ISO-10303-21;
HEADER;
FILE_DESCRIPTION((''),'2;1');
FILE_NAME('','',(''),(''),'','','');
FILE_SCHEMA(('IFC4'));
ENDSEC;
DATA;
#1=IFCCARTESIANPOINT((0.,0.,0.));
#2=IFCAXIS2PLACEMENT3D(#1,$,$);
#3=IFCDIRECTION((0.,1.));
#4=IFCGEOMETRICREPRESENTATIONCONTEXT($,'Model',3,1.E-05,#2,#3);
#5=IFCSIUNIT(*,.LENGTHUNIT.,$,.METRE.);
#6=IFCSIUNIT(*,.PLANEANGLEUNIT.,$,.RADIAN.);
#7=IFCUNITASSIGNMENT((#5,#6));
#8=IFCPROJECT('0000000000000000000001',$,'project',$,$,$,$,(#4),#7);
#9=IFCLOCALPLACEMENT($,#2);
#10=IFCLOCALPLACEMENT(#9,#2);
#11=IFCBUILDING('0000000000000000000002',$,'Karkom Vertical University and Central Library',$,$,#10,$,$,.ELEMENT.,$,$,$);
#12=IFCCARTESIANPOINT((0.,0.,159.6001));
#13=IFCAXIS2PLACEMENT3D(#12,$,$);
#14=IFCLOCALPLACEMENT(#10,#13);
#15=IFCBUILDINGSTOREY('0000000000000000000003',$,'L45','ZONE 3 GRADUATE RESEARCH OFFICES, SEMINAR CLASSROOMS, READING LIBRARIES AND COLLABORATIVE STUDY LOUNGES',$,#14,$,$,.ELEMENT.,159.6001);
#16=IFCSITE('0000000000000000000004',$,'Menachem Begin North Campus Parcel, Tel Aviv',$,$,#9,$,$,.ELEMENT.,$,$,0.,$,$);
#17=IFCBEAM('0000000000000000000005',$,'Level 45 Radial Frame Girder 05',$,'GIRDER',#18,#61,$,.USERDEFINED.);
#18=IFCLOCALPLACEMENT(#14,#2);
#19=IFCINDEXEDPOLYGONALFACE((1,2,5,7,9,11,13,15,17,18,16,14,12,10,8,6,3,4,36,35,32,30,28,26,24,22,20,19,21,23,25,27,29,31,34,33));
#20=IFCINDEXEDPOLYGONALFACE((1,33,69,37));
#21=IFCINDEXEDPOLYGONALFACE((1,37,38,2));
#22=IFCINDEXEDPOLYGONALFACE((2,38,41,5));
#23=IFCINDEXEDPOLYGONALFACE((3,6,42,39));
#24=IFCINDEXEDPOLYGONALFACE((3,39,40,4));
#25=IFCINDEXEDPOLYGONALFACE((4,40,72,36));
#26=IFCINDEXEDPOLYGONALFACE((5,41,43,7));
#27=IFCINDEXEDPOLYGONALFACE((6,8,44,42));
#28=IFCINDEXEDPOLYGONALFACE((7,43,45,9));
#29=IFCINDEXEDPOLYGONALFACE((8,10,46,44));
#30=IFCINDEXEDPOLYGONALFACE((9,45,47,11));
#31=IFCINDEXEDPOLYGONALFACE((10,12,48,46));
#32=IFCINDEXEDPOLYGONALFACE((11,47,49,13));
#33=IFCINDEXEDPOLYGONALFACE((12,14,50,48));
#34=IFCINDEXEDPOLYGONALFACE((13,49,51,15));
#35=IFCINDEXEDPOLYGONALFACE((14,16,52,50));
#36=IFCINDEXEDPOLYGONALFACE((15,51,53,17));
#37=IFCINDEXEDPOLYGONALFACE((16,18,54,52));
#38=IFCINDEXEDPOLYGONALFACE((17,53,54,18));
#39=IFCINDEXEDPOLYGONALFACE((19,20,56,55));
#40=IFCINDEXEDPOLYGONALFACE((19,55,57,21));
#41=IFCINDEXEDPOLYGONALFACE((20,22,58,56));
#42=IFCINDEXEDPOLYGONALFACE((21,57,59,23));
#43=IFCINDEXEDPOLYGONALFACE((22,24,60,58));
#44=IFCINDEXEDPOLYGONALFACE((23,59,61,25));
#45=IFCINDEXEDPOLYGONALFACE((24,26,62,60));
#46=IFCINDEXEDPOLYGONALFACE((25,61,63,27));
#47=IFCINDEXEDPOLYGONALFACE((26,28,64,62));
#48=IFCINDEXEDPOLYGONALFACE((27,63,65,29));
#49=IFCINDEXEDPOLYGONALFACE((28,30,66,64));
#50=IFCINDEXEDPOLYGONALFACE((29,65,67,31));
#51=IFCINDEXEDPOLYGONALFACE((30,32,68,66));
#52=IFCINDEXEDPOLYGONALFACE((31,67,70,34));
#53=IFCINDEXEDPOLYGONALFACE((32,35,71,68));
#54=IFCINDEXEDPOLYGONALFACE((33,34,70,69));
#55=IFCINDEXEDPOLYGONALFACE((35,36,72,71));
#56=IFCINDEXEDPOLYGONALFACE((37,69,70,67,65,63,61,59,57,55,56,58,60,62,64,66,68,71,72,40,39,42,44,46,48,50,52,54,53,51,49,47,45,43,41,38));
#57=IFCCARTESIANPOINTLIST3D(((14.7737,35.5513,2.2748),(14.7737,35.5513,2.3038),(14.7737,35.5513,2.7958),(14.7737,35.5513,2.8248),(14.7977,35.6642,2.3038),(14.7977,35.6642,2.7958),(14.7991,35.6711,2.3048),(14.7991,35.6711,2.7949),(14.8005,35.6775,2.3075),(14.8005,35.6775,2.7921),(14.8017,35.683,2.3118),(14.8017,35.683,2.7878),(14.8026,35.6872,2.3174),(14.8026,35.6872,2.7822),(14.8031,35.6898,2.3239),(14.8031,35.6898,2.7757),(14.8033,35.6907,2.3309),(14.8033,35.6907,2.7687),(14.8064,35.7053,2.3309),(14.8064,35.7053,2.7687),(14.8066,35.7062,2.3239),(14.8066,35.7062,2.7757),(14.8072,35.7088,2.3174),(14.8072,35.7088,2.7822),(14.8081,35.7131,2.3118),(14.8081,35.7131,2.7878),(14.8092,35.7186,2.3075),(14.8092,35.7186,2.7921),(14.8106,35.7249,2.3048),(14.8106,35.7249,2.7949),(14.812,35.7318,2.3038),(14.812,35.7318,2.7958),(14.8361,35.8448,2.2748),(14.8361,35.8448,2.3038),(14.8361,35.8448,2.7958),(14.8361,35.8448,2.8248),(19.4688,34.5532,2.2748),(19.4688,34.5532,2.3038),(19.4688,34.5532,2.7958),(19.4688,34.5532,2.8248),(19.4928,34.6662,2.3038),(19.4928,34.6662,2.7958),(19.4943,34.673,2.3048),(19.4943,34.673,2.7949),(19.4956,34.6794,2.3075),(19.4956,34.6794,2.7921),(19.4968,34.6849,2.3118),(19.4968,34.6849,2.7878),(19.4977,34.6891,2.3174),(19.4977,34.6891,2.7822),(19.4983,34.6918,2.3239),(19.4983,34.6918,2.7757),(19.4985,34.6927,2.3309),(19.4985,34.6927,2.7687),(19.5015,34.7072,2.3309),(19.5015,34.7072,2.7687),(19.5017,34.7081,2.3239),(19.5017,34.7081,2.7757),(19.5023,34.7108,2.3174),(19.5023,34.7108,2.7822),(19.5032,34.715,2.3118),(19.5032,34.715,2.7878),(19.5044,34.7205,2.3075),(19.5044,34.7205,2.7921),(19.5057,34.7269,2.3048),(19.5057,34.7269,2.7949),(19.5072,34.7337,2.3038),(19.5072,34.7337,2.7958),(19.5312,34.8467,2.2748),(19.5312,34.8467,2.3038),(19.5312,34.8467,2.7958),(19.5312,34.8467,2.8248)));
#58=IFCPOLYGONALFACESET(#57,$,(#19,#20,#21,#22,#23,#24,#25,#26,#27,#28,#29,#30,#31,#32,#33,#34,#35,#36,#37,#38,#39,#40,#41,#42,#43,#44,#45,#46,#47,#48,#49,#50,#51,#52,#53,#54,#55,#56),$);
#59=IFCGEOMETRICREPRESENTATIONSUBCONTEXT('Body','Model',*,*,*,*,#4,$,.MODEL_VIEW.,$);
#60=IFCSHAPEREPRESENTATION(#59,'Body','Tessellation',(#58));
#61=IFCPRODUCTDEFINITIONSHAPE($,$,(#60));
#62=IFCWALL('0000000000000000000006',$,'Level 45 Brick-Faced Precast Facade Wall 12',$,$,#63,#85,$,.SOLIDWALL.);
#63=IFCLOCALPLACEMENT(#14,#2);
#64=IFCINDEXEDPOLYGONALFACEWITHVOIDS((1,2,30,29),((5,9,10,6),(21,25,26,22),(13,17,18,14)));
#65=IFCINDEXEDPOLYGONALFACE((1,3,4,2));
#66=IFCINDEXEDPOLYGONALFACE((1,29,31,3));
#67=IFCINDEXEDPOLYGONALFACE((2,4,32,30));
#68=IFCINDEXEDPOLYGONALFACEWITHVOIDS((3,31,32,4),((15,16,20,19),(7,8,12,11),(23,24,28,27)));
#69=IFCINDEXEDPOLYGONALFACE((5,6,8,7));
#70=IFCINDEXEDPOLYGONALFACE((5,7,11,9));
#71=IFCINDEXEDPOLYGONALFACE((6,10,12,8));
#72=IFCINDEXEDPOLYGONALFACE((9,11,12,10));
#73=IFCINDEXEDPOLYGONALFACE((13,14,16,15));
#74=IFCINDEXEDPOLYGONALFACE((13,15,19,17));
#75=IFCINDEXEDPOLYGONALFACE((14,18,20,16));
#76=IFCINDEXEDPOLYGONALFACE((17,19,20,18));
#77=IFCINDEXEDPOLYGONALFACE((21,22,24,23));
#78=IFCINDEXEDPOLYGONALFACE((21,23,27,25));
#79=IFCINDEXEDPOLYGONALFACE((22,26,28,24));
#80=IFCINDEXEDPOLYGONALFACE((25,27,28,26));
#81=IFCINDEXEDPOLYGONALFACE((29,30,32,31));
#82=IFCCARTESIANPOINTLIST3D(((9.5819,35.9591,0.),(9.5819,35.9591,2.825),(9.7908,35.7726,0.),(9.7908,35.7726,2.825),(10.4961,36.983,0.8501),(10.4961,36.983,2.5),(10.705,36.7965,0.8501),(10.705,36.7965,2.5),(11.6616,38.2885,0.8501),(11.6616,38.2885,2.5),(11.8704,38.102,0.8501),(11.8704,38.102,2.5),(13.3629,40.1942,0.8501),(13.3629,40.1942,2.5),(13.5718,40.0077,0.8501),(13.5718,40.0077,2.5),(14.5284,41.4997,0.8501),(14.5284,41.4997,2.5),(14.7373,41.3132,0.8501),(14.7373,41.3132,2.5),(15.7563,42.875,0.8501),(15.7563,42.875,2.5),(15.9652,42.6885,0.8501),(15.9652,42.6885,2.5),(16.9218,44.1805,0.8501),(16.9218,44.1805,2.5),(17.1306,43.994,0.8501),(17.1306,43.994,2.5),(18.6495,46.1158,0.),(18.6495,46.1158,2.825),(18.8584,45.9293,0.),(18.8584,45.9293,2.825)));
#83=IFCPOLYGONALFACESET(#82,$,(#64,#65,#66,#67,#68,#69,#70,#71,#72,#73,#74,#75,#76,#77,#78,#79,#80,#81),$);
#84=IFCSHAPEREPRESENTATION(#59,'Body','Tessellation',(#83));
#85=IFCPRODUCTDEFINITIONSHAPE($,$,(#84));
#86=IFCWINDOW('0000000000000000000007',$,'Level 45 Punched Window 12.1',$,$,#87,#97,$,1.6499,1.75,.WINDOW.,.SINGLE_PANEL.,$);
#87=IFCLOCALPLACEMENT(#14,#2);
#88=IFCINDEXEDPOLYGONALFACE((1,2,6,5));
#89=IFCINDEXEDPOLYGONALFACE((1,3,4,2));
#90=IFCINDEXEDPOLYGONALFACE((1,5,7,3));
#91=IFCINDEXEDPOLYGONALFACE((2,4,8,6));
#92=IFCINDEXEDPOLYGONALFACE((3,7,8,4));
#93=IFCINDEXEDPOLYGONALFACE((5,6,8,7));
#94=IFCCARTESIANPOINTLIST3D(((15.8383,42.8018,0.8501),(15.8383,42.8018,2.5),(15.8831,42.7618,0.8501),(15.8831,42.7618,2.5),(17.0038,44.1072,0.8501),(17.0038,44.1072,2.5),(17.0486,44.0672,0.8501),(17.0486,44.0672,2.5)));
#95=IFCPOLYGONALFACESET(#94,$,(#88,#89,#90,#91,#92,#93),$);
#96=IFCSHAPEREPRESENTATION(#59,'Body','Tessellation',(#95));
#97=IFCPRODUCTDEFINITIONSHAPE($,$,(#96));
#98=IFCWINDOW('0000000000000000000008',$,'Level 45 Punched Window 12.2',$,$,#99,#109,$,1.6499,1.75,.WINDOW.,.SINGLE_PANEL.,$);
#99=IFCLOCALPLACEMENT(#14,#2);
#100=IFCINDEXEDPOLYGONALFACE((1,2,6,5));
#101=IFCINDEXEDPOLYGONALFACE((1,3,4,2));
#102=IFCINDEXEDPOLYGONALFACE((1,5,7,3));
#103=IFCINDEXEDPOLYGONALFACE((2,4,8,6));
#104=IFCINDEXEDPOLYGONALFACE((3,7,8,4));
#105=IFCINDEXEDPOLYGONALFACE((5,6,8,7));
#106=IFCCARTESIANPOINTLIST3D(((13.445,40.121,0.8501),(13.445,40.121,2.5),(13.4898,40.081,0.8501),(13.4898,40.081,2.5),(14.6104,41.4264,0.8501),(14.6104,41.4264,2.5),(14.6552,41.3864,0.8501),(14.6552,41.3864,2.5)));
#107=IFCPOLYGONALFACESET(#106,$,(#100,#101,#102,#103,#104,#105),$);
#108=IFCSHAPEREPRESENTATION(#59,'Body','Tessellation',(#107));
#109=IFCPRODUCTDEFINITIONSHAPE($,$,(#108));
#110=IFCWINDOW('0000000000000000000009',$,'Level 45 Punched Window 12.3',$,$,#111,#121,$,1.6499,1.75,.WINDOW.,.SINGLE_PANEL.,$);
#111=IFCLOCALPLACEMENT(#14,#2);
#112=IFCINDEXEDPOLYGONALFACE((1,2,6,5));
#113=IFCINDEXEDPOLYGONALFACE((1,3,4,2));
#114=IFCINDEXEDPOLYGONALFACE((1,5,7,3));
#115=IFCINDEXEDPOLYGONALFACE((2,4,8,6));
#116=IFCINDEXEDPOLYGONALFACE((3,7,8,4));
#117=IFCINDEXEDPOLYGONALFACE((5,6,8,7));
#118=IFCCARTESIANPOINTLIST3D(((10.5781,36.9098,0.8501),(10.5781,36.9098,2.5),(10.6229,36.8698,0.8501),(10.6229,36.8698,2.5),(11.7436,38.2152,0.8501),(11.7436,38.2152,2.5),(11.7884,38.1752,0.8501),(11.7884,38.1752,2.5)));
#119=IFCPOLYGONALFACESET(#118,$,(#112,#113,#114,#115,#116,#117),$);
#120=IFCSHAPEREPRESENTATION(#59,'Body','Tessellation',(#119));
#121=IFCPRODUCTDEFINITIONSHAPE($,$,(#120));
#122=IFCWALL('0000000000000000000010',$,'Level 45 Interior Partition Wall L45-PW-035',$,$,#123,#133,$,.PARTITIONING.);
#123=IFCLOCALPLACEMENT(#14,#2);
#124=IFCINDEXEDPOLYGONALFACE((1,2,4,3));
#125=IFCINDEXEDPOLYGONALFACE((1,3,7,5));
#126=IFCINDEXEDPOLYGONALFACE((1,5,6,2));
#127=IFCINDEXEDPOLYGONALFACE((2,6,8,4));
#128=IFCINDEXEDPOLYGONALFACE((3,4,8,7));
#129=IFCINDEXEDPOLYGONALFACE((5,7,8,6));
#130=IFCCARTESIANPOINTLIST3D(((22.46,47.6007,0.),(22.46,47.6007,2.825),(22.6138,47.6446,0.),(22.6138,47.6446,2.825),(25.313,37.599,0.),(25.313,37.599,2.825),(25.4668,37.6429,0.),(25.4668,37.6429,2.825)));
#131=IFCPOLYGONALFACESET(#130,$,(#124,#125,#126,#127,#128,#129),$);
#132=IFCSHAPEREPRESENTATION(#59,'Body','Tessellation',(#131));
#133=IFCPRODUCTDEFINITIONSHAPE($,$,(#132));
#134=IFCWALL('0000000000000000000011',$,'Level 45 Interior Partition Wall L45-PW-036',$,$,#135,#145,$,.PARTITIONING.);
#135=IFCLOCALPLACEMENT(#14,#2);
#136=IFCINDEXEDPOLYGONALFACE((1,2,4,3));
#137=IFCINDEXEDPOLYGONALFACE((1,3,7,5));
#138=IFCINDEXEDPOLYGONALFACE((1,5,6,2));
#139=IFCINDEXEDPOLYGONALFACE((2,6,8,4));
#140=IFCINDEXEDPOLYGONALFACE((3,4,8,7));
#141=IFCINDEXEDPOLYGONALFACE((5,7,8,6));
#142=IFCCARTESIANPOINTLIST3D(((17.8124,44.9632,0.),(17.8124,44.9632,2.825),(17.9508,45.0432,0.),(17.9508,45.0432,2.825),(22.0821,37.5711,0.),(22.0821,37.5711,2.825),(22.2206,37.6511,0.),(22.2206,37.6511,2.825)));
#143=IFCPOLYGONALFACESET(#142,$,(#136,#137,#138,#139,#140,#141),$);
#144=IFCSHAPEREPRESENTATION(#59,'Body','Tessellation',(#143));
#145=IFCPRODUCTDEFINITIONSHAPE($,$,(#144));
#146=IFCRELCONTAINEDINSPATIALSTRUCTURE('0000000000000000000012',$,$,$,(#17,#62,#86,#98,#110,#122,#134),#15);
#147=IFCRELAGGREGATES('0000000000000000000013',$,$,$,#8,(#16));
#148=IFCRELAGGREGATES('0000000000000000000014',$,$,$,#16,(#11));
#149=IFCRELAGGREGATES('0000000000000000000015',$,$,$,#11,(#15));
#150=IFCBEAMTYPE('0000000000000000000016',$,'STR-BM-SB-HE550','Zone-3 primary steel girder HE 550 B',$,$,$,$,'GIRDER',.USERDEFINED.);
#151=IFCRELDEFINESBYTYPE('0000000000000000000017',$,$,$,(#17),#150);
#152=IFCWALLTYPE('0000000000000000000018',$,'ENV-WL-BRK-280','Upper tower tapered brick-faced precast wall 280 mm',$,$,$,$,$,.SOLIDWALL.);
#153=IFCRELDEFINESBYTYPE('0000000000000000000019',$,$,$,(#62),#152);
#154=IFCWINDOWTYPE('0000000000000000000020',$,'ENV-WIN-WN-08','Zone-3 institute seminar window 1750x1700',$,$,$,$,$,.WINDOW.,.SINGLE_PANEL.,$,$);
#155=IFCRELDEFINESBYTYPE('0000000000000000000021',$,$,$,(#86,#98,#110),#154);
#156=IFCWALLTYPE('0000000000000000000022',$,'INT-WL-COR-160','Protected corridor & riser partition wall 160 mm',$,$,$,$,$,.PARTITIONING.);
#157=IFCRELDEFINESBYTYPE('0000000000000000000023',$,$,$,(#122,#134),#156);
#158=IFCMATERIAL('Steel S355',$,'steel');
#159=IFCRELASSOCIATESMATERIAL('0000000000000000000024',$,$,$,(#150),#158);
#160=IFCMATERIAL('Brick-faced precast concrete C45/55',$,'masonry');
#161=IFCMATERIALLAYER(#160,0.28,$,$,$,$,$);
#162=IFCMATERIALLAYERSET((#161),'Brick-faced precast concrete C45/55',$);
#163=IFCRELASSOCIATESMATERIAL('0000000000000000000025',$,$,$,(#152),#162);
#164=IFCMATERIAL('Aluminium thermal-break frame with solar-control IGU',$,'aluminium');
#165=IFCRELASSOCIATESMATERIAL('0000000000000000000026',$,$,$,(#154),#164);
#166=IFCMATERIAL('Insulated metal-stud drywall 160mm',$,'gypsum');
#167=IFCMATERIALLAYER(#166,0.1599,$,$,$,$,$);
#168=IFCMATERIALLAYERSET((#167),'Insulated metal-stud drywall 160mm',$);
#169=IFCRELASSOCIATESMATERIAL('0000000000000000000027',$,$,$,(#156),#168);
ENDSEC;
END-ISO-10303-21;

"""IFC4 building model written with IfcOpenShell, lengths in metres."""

from ifc_helpers import new_model, si_unit, direction, frame, frame_2d, origin, origin_with_axes, origin_2d, place, context, subcontext, project, spatial, rectangle, i_section, extrude, source, transform, mapped, material, layer, layer_set, material_profile, profile_set, type_object, element, fill, save


model = new_model("IFC4")

# Units and contexts
model_context = context("Model", 3, precision=1e-05, world=origin(), true_north=direction((0.0, 1.0)))
body_context = subcontext(model_context, "Body", "Model", "MODEL_VIEW")
ifc_project = project(units=[si_unit("LENGTHUNIT", "METRE"), si_unit("PLANEANGLEUNIT", "RADIAN")], contexts=[model_context])

# Site, building, storey
site_placement = place(None, origin())
site = spatial("IfcSite", under=ifc_project, at=site_placement, Name="Menachem Begin North Campus Parcel, Tel Aviv", CompositionType="ELEMENT", RefElevation=0.0)
building_placement = place(site_placement, origin())
building = spatial("IfcBuilding", under=site, at=building_placement, Name="Karkom Vertical University and Central Library", CompositionType="ELEMENT")
storey_placement = place(building_placement, frame((0.0, 0.0, 159.6001)))
storey = spatial("IfcBuildingStorey", under=building, at=storey_placement, Name="L45", Description="ZONE 3 GRADUATE RESEARCH OFFICES, SEMINAR CLASSROOMS, READING LIBRARIES AND COLLABORATIVE STUDY LOUNGES", CompositionType="ELEMENT", Elevation=159.6001)

# Beam
ifc_material_1 = material(Name="Steel S355", Category="steel")
ifc_material_profile_1 = material_profile(ifc_material_1, i_section(OverallWidth=0.3, OverallDepth=0.55, WebThickness=0.0149, FlangeThickness=0.0291, FilletRadius=0.0271, at=origin_2d()), Name="HE 550 B")
ifc_profile_set_1 = profile_set([ifc_material_profile_1], Name="Steel S355")
beam_type_1 = type_object("IfcBeamType", Name="STR-BM-SB-HE550", Description="Zone-3 primary steel girder HE 550 B", ElementType="GIRDER", PredefinedType="USERDEFINED", material=ifc_profile_set_1)
shared_shape_1 = source(origin_with_axes(), body_context, "Body", "SweptSolid", [
    extrude(i_section(OverallWidth=0.3, OverallDepth=0.55, WebThickness=0.0149, FlangeThickness=0.0291, FilletRadius=0.0271, at=origin_2d()), origin(), (0.0, 0.0, 1.0), 4.8),
])
beam_1_placement = place(storey_placement, frame((19.5, 34.7, 2.5498), z_axis=(-0.978144, 0.207927, 0.0), x_axis=(-0.207927, -0.978144, 0.0)))
element("IfcBeam", 1, at=beam_1_placement, inside=storey, type_object=beam_type_1, Name="Level 45 Radial Frame Girder 05", ObjectType="GIRDER", PredefinedType="USERDEFINED", context=body_context, shape_type="MappedRepresentation", body=[
    mapped(shared_shape_1, transform((0.0, 0.0, 0.0), scale=1.0)),
])

# Wall, openings, windows
ifc_material_2 = material(Name="Brick-faced precast concrete C45/55", Category="masonry")
ifc_layer_1 = layer(ifc_material_2, 0.28)
ifc_layer_set_1 = layer_set([ifc_layer_1], Name="Brick-faced precast concrete C45/55")
wall_type_1 = type_object("IfcWallType", Name="ENV-WL-BRK-280", Description="Upper tower tapered brick-faced precast wall 280 mm", PredefinedType="SOLIDWALL", material=ifc_layer_set_1)
wall_1_placement = place(storey_placement, frame((18.7539, 46.0225, 0.0), z_axis=(0.0, 0.0, 1.0), x_axis=(-0.665979, -0.74597, 0.0)))
wall_1 = element("IfcWall", 2, at=wall_1_placement, inside=storey, type_object=wall_type_1, Name="Level 45 Brick-Faced Precast Facade Wall 12", PredefinedType="SOLIDWALL", context=body_context, shape_type="SweptSolid", body=[
    extrude(rectangle(XDim=13.6155, YDim=0.28, at=frame_2d((6.8076, 0.0))), origin(), (0.0, 0.0, 1.0), 2.825),
])
opening_1_placement = place(wall_1_placement, frame((2.5942, 0.0, 0.8501)))
opening_1 = element("IfcOpeningElement", 3, at=opening_1_placement, cuts=wall_1, PredefinedType="OPENING", context=body_context, shape_type="SweptSolid", body=[
    extrude(rectangle(XDim=1.75, YDim=1.6499, at=frame_2d((0.875, 0.825))), frame((0.0, 0.1499, 0.0), z_axis=(0.0, -1.0, 0.0), x_axis=(1.0, 0.0, 0.0)), (0.0, 0.0, 1.0), 0.3),
])
opening_2_placement = place(wall_1_placement, frame((6.188, 0.0, 0.8501)))
opening_2 = element("IfcOpeningElement", 4, at=opening_2_placement, cuts=wall_1, PredefinedType="OPENING", context=body_context, shape_type="SweptSolid", body=[
    extrude(rectangle(XDim=1.75, YDim=1.6499, at=frame_2d((0.875, 0.825))), frame((0.0, 0.1499, 0.0), z_axis=(0.0, -1.0, 0.0), x_axis=(1.0, 0.0, 0.0)), (0.0, 0.0, 1.0), 0.3),
])
opening_3_placement = place(wall_1_placement, frame((10.4927, 0.0, 0.8501)))
opening_3 = element("IfcOpeningElement", 5, at=opening_3_placement, cuts=wall_1, PredefinedType="OPENING", context=body_context, shape_type="SweptSolid", body=[
    extrude(rectangle(XDim=1.75, YDim=1.6499, at=frame_2d((0.875, 0.825))), frame((0.0, 0.1499, 0.0), z_axis=(0.0, -1.0, 0.0), x_axis=(1.0, 0.0, 0.0)), (0.0, 0.0, 1.0), 0.3),
])
ifc_material_3 = material(Name="Aluminium thermal-break frame with solar-control IGU", Category="aluminium")
window_type = type_object("IfcWindowType", Name="ENV-WIN-WN-08", Description="Zone-3 institute seminar window 1750x1700", PartitioningType="SINGLE_PANEL", PredefinedType="WINDOW", material=ifc_material_3)
shared_shape_2 = source(origin_with_axes(), body_context, "Body", "SweptSolid", [
    extrude(rectangle(XDim=1.75, YDim=1.6499, at=frame_2d((0.875, 0.825))), frame((0.0, 0.03, 0.0), z_axis=(0.0, -1.0, 0.0), x_axis=(1.0, 0.0, 0.0)), (0.0, 0.0, 1.0), 0.0601),
])
window_1_placement = place(opening_1_placement, origin())
window_1 = element("IfcWindow", 6, at=window_1_placement, inside=storey, type_object=window_type, Name="Level 45 Punched Window 12.1", OverallHeight=1.6499, OverallWidth=1.75, PartitioningType="SINGLE_PANEL", PredefinedType="WINDOW", context=body_context, shape_type="MappedRepresentation", body=[
    mapped(shared_shape_2, transform((0.0, 0.0, 0.0), scale=1.0)),
])
fill(opening_1, window_1)
window_2_placement = place(opening_2_placement, origin())
window_2 = element("IfcWindow", 7, at=window_2_placement, inside=storey, type_object=window_type, Name="Level 45 Punched Window 12.2", OverallHeight=1.6499, OverallWidth=1.75, PartitioningType="SINGLE_PANEL", PredefinedType="WINDOW", context=body_context, shape_type="MappedRepresentation", body=[
    mapped(shared_shape_2, transform((0.0, 0.0, 0.0), scale=1.0)),
])
fill(opening_2, window_2)
window_3_placement = place(opening_3_placement, origin())
window_3 = element("IfcWindow", 8, at=window_3_placement, inside=storey, type_object=window_type, Name="Level 45 Punched Window 12.3", OverallHeight=1.6499, OverallWidth=1.75, PartitioningType="SINGLE_PANEL", PredefinedType="WINDOW", context=body_context, shape_type="MappedRepresentation", body=[
    mapped(shared_shape_2, transform((0.0, 0.0, 0.0), scale=1.0)),
])
fill(opening_3, window_3)

# Walls
ifc_material_4 = material(Name="Insulated metal-stud drywall 160mm", Category="gypsum")
ifc_layer_2 = layer(ifc_material_4, 0.1599)
ifc_layer_set_2 = layer_set([ifc_layer_2], Name="Insulated metal-stud drywall 160mm")
wall_type_2 = type_object("IfcWallType", Name="INT-WL-COR-160", Description="Protected corridor & riser partition wall 160 mm", PredefinedType="PARTITIONING", material=ifc_layer_set_2)
wall_2_placement = place(storey_placement, frame((25.3899, 37.6211, 0.0), z_axis=(0.0, 0.0, 1.0), x_axis=(-0.274312, 0.961641, 0.0)))
element("IfcWall", 9, at=wall_2_placement, inside=storey, type_object=wall_type_2, Name="Level 45 Interior Partition Wall L45-PW-035", PredefinedType="PARTITIONING", context=body_context, shape_type="SweptSolid", body=[
    extrude(rectangle(XDim=10.4006, YDim=0.1599, at=frame_2d((5.2002, 0.0))), origin(), (0.0, 0.0, 1.0), 2.825),
])
wall_3_placement = place(storey_placement, frame((22.1514, 37.6111, 0.0), z_axis=(0.0, 0.0, 1.0), x_axis=(-0.500171, 0.865926, 0.0)))
element("IfcWall", 10, at=wall_3_placement, inside=storey, type_object=wall_type_2, Name="Level 45 Interior Partition Wall L45-PW-036", PredefinedType="PARTITIONING", context=body_context, shape_type="SweptSolid", body=[
    extrude(rectangle(XDim=8.5366, YDim=0.1599, at=frame_2d((4.2683, 0.0))), origin(), (0.0, 0.0, 1.0), 2.825),
])

save(model, "model.ifc")
